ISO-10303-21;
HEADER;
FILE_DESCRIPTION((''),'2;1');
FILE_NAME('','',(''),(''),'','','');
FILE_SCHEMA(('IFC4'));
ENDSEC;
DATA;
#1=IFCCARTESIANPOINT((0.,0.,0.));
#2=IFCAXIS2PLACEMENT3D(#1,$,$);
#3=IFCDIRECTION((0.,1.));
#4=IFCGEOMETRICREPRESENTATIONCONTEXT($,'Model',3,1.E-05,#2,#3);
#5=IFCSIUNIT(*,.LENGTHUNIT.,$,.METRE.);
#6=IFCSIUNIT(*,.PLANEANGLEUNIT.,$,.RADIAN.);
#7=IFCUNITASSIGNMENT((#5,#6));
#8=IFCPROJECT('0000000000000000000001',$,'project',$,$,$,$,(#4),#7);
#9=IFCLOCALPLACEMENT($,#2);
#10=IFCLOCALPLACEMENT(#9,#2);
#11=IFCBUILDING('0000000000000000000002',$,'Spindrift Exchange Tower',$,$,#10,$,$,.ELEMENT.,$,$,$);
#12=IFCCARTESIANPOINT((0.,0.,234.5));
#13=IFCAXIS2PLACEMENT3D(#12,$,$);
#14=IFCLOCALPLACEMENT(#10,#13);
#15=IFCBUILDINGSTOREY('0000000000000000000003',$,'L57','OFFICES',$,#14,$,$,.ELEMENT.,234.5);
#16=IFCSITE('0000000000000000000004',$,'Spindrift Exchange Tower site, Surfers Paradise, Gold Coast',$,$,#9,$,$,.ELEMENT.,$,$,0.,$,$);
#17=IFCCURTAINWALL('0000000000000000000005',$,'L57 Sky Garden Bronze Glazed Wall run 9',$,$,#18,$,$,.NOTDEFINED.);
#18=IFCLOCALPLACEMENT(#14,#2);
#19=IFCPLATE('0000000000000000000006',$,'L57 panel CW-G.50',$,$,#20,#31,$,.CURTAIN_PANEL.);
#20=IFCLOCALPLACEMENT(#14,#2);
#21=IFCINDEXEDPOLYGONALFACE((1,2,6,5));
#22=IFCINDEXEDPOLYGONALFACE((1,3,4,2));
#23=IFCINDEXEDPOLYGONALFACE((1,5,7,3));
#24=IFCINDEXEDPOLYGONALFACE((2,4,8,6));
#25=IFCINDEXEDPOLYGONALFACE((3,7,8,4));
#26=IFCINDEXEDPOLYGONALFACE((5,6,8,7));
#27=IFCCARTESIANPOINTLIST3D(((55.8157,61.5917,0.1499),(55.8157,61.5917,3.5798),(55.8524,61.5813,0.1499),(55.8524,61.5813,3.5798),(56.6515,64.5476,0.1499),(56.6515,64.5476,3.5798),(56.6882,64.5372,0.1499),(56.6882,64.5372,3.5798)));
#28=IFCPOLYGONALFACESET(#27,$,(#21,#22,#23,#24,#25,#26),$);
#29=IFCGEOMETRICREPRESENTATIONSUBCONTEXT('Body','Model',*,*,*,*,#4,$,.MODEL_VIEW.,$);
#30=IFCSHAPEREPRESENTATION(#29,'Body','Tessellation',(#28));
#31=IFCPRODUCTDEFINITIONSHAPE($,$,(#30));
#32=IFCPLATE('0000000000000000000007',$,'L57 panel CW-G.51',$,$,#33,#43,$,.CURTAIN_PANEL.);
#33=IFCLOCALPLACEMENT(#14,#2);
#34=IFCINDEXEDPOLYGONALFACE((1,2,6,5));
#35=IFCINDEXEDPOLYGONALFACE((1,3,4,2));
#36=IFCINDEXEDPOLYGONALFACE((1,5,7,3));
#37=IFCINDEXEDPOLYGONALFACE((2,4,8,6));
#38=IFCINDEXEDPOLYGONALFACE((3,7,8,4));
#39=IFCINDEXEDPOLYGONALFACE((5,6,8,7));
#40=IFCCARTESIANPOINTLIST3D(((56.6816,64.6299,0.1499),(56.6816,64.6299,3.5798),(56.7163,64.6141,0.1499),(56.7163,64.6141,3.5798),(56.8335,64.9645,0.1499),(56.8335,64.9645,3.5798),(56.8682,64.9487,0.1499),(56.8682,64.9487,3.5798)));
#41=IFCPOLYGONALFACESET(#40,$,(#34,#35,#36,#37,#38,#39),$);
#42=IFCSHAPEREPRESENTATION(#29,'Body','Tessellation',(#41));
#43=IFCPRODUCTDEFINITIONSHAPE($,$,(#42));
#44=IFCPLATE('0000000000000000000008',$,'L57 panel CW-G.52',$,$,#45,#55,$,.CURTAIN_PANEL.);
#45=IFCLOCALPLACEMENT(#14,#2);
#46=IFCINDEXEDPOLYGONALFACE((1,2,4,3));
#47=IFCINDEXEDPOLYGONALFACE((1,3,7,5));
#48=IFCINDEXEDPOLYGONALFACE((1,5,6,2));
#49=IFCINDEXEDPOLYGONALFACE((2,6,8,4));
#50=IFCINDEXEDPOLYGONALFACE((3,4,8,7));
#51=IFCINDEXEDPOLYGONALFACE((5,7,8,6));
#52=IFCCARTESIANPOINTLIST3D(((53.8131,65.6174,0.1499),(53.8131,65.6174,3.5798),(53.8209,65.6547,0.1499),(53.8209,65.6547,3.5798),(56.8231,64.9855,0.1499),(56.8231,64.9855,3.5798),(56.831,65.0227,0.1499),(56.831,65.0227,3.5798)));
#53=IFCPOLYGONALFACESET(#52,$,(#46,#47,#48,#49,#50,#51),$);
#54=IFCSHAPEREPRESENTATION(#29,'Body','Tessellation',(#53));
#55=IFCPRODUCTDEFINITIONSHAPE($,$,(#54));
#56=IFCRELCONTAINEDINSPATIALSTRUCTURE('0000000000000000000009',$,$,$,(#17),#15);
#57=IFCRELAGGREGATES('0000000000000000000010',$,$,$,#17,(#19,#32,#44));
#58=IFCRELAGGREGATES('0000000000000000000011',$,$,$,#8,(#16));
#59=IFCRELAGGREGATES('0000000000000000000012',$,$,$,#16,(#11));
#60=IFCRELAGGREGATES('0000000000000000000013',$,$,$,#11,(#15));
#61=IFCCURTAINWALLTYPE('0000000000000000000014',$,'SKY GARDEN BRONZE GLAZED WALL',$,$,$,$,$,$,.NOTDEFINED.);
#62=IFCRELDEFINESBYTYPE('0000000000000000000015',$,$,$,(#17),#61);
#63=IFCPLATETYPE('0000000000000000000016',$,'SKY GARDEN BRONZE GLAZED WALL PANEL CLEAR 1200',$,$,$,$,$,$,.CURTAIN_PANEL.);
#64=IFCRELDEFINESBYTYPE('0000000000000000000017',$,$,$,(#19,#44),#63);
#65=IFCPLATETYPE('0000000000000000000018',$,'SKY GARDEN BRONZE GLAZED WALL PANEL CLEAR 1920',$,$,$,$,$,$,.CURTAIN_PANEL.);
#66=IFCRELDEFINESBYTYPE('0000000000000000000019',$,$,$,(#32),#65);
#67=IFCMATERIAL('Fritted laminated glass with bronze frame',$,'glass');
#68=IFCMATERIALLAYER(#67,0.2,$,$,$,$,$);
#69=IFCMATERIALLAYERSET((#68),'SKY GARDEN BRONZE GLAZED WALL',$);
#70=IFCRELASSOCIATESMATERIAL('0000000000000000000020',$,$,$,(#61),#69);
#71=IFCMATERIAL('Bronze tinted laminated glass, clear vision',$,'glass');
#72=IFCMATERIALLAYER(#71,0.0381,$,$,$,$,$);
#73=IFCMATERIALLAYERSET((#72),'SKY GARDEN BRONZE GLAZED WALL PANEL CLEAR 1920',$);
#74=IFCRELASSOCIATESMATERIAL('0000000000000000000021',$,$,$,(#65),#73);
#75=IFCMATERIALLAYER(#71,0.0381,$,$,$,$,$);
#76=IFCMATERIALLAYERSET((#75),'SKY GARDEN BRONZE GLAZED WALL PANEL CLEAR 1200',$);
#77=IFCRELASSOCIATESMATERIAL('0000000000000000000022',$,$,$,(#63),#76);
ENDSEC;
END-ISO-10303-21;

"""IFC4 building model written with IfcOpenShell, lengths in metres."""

from ifc_helpers import new_model, si_unit, direction, frame, origin, origin_2d, place, context, subcontext, project, spatial, rectangle, extrude, source, transform, mapped, material, layer, layer_set, type_object, element, aggregate, save


model = new_model("IFC4")

# Units and contexts
model_context = context("Model", 3, precision=1e-05, world=origin(), true_north=direction((0.0, 1.0)))
body_context = subcontext(model_context, "Body", "Model", "MODEL_VIEW")
ifc_project = project(units=[si_unit("LENGTHUNIT", "METRE"), si_unit("PLANEANGLEUNIT", "RADIAN")], contexts=[model_context])

# Site, building, storey
site_placement = place(None, origin())
site = spatial("IfcSite", under=ifc_project, at=site_placement, Name="Spindrift Exchange Tower site, Surfers Paradise, Gold Coast", CompositionType="ELEMENT", RefElevation=0.0)
building_placement = place(site_placement, origin())
building = spatial("IfcBuilding", under=site, at=building_placement, Name="Spindrift Exchange Tower", CompositionType="ELEMENT")
storey_placement = place(building_placement, frame((0.0, 0.0, 234.5)))
storey = spatial("IfcBuildingStorey", under=building, at=storey_placement, Name="L57", Description="OFFICES", CompositionType="ELEMENT", Elevation=234.5)

# Curtain wall
ifc_material_1 = material(Name="Fritted laminated glass with bronze frame", Category="glass")
ifc_layer_1 = layer(ifc_material_1, 0.2)
ifc_layer_set_1 = layer_set([ifc_layer_1], Name="SKY GARDEN BRONZE GLAZED WALL")
curtain_wall_type = type_object("IfcCurtainWallType", Name="SKY GARDEN BRONZE GLAZED WALL", PredefinedType="NOTDEFINED", material=ifc_layer_set_1)
curtain_wall_1_placement = place(storey_placement, origin())
curtain_wall_1 = element("IfcCurtainWall", 1, at=curtain_wall_1_placement, inside=storey, type_object=curtain_wall_type, Name="L57 Sky Garden Bronze Glazed Wall run 9", PredefinedType="NOTDEFINED")

# Shared definitions
ifc_material_2 = material(Name="Bronze tinted laminated glass, clear vision", Category="glass")

# Plates
ifc_layer_2 = layer(ifc_material_2, 0.0381)
ifc_layer_set_2 = layer_set([ifc_layer_2], Name="SKY GARDEN BRONZE GLAZED WALL PANEL CLEAR 1920")
plate_type_1 = type_object("IfcPlateType", Name="SKY GARDEN BRONZE GLAZED WALL PANEL CLEAR 1920", PredefinedType="CURTAIN_PANEL", material=ifc_layer_set_2)
ifc_layer_3 = layer(ifc_material_2, 0.0381)
ifc_layer_set_3 = layer_set([ifc_layer_3], Name="SKY GARDEN BRONZE GLAZED WALL PANEL CLEAR 1200")
plate_type_2 = type_object("IfcPlateType", Name="SKY GARDEN BRONZE GLAZED WALL PANEL CLEAR 1200", PredefinedType="CURTAIN_PANEL", material=ifc_layer_set_3)
shared_shape_1 = source(origin(), body_context, "Body", "SweptSolid", [
    extrude(rectangle(XDim=3.0718, YDim=0.0381, at=origin_2d()), origin(), (0.0, 0.0, 1.0), 3.4299),
])
plate_1_placement = place(storey_placement, frame((56.252, 63.0645, 0.1499), z_axis=(0.0, 0.0, 1.0), x_axis=(0.272089, 0.962272, 0.0)))
plate_1 = element("IfcPlate", 2, at=plate_1_placement, type_object=plate_type_2, Name="L57 panel CW-G.50", PredefinedType="CURTAIN_PANEL", context=body_context, shape_type="MappedRepresentation", body=[
    mapped(shared_shape_1, transform((0.0, 0.0, 0.0), scale=1.0)),
])
shared_shape_2 = source(origin(), body_context, "Body", "SweptSolid", [
    extrude(rectangle(XDim=0.3674, YDim=0.0381, at=origin_2d()), origin(), (0.0, 0.0, 1.0), 3.4299),
])
plate_2_placement = place(storey_placement, frame((56.7749, 64.7893, 0.1499), z_axis=(0.0, 0.0, 1.0), x_axis=(0.41322, 0.910631, 0.0)))
plate_2 = element("IfcPlate", 3, at=plate_2_placement, type_object=plate_type_1, Name="L57 panel CW-G.51", PredefinedType="CURTAIN_PANEL", context=body_context, shape_type="MappedRepresentation", body=[
    mapped(shared_shape_2, transform((0.0, 0.0, 0.0), scale=1.0)),
])
shared_shape_3 = source(origin(), body_context, "Body", "SweptSolid", [
    extrude(rectangle(XDim=3.0757, YDim=0.0381, at=origin_2d()), origin(), (0.0, 0.0, 1.0), 3.4299),
])
plate_3_placement = place(storey_placement, frame((55.322, 65.3201, 0.1499), z_axis=(0.0, 0.0, 1.0), x_axis=(-0.978665, 0.205465, 0.0)))
plate_3 = element("IfcPlate", 4, at=plate_3_placement, type_object=plate_type_2, Name="L57 panel CW-G.52", PredefinedType="CURTAIN_PANEL", context=body_context, shape_type="MappedRepresentation", body=[
    mapped(shared_shape_3, transform((0.0, 0.0, 0.0), scale=1.0)),
])
aggregate(curtain_wall_1, [plate_1, plate_2, plate_3])

save(model, "model.ifc")
